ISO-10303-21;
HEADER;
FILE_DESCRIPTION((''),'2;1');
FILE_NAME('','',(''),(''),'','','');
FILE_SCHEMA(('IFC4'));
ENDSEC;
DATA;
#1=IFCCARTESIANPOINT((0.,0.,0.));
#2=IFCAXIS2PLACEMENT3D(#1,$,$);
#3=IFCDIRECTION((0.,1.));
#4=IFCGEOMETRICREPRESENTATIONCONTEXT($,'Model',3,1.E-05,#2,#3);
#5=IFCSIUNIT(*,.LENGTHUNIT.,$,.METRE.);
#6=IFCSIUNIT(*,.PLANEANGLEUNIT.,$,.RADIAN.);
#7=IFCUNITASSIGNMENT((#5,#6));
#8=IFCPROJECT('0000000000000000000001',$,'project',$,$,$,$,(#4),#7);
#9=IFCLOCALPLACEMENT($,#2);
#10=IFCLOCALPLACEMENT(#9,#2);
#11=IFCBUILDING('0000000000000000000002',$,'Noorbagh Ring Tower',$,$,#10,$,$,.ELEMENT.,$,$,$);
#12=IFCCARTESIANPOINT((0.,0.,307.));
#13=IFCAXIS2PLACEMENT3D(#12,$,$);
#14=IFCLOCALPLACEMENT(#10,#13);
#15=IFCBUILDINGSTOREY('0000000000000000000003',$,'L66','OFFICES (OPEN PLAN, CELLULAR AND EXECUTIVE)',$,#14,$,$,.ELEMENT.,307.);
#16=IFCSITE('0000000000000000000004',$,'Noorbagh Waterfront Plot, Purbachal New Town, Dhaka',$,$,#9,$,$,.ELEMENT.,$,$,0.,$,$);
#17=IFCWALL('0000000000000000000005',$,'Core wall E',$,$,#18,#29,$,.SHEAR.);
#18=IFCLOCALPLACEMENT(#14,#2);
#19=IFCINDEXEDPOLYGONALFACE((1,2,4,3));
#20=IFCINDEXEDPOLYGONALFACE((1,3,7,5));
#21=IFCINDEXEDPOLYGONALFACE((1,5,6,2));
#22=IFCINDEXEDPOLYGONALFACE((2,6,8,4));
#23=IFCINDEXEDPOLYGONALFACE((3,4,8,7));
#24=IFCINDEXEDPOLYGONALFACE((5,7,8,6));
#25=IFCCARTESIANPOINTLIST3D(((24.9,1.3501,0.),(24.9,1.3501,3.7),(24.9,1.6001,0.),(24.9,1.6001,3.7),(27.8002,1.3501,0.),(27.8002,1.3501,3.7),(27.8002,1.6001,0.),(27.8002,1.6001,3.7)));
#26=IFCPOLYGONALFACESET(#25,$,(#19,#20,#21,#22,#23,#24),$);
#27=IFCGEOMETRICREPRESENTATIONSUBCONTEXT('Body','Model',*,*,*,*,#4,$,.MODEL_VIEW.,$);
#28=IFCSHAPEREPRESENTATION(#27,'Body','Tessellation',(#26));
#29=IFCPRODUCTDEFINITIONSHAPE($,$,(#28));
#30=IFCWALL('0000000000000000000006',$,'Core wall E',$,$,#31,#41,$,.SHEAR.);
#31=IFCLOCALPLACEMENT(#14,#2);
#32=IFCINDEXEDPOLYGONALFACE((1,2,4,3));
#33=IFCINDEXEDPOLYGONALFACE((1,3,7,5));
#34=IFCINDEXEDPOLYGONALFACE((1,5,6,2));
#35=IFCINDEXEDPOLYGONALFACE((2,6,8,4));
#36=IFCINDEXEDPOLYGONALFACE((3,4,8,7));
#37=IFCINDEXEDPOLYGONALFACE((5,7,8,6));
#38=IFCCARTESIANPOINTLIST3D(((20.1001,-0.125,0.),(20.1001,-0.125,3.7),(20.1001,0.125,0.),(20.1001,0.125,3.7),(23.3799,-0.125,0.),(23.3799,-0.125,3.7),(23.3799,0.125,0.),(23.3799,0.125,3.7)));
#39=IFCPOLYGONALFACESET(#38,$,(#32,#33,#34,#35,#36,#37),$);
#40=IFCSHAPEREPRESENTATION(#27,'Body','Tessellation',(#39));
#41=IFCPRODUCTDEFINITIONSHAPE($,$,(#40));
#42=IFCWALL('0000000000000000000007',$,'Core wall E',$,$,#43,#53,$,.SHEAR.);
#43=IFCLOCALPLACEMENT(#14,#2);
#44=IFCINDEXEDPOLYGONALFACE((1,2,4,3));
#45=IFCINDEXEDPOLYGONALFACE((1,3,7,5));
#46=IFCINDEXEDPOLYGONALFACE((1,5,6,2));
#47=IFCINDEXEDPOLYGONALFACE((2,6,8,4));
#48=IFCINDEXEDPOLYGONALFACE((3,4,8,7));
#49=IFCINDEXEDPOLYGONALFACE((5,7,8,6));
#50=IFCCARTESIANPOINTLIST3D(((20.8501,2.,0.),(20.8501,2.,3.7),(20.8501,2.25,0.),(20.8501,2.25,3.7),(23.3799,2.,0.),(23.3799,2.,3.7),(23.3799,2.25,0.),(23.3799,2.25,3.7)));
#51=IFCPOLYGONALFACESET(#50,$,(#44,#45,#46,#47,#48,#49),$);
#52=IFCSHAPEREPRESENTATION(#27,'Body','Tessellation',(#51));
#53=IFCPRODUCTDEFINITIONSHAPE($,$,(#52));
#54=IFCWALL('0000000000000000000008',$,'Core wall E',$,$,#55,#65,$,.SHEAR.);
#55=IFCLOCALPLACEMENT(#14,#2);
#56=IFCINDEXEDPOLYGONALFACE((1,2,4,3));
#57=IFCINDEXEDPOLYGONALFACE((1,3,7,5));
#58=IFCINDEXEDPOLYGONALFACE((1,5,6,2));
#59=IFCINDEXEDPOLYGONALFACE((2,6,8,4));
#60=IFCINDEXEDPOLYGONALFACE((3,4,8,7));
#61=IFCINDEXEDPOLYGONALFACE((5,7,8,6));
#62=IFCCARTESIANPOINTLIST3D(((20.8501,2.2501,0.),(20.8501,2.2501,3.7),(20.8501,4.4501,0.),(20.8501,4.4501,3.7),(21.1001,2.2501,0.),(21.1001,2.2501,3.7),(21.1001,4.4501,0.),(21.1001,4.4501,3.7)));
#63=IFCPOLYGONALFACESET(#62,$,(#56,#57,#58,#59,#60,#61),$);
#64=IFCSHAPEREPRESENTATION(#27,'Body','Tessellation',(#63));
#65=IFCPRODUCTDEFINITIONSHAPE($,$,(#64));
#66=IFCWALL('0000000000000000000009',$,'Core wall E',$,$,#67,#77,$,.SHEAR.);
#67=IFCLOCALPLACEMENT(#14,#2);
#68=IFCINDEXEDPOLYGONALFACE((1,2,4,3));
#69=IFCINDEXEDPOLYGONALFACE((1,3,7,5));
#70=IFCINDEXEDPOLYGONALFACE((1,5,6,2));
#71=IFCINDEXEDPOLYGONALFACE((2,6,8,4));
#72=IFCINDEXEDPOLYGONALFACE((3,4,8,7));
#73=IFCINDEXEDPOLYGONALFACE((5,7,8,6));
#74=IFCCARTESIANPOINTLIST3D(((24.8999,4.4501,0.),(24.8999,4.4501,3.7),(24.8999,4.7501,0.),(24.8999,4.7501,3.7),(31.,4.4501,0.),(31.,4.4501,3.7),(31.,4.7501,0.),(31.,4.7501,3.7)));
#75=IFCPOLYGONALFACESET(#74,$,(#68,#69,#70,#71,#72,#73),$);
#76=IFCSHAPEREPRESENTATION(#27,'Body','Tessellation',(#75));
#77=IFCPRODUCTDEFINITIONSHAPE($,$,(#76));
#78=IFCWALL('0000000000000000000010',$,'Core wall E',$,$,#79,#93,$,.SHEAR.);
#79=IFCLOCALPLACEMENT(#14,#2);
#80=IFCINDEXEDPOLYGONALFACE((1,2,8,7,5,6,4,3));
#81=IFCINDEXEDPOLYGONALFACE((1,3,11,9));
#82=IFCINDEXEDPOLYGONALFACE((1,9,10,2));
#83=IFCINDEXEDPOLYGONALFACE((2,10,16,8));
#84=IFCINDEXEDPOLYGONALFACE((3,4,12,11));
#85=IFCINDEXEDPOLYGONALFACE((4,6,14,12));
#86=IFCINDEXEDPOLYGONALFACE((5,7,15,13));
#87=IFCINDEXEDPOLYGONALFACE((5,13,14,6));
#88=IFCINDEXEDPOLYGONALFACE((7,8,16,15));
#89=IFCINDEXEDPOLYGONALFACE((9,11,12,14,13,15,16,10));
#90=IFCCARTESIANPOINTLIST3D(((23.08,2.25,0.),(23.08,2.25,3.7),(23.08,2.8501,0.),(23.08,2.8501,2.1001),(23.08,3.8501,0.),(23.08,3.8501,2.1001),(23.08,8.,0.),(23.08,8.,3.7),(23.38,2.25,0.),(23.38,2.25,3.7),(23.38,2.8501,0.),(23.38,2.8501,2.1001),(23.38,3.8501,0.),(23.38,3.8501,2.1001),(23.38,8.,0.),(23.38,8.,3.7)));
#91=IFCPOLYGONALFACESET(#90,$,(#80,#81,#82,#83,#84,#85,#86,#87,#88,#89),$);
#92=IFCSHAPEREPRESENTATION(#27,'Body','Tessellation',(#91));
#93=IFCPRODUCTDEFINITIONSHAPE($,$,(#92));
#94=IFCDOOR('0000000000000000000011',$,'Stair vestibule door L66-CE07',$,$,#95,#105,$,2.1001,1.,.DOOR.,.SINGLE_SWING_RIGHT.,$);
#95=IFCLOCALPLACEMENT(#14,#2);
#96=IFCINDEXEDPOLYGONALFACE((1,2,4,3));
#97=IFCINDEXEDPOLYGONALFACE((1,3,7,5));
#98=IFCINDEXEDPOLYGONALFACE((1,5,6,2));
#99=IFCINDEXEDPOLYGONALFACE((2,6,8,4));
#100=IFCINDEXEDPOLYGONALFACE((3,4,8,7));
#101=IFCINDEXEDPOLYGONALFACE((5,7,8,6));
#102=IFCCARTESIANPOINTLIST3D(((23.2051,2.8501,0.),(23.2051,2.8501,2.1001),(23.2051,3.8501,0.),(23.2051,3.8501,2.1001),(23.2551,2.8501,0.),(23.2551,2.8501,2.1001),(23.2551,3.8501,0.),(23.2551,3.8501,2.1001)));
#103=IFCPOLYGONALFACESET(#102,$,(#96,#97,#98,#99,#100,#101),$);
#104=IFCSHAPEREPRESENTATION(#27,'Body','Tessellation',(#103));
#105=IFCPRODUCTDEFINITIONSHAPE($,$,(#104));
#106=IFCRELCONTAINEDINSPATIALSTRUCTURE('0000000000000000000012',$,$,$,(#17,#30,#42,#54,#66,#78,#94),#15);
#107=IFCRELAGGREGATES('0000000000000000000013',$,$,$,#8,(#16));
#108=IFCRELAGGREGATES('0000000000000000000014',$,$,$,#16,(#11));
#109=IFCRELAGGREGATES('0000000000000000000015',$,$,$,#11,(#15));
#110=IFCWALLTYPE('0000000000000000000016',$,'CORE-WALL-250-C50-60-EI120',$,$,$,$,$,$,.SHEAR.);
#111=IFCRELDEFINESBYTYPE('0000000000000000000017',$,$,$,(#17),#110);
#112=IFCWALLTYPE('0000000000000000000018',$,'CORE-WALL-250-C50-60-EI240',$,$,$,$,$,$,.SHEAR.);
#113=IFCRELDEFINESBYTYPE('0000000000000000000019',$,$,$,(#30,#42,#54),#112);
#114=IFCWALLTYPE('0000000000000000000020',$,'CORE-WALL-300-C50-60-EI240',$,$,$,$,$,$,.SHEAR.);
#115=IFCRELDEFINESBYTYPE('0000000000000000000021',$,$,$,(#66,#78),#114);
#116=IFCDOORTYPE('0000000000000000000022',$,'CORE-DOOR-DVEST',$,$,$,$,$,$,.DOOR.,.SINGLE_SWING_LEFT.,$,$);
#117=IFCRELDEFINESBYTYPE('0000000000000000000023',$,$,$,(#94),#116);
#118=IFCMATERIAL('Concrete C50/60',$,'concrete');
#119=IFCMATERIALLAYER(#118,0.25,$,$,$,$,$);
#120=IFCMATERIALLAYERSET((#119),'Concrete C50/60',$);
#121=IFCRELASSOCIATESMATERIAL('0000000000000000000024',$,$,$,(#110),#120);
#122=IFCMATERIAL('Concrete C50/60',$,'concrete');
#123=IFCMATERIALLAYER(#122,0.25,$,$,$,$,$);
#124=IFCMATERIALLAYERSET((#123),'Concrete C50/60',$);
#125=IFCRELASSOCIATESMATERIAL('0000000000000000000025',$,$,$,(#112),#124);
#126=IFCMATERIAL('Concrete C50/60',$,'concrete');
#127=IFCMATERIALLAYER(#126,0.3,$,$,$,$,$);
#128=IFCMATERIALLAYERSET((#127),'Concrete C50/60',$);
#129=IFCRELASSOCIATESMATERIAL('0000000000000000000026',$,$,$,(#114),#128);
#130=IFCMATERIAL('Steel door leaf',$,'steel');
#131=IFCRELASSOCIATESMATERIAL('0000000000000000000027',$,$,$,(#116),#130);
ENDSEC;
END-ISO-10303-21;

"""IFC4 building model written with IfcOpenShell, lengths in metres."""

from ifc_helpers import new_model, si_unit, direction, frame, frame_2d, origin, place, context, subcontext, project, spatial, rectangle, extrude, material, layer, layer_set, type_object, element, fill, save


model = new_model("IFC4")

# Units and contexts
model_context = context("Model", 3, precision=1e-05, world=origin(), true_north=direction((0.0, 1.0)))
body_context = subcontext(model_context, "Body", "Model", "MODEL_VIEW")
ifc_project = project(units=[si_unit("LENGTHUNIT", "METRE"), si_unit("PLANEANGLEUNIT", "RADIAN")], contexts=[model_context])

# Site, building, storey
site_placement = place(None, origin())
site = spatial("IfcSite", under=ifc_project, at=site_placement, Name="Noorbagh Waterfront Plot, Purbachal New Town, Dhaka", CompositionType="ELEMENT", RefElevation=0.0)
building_placement = place(site_placement, origin())
building = spatial("IfcBuilding", under=site, at=building_placement, Name="Noorbagh Ring Tower", CompositionType="ELEMENT")
storey_placement = place(building_placement, frame((0.0, 0.0, 307.0)))
storey = spatial("IfcBuildingStorey", under=building, at=storey_placement, Name="L66", Description="OFFICES (OPEN PLAN, CELLULAR AND EXECUTIVE)", CompositionType="ELEMENT", Elevation=307.0)

# Walls
ifc_material_1 = material(Name="Concrete C50/60", Category="concrete")
ifc_layer_1 = layer(ifc_material_1, 0.25)
ifc_layer_set_1 = layer_set([ifc_layer_1], Name="Concrete C50/60")
wall_type_1 = type_object("IfcWallType", Name="CORE-WALL-250-C50-60-EI120", PredefinedType="SHEAR", material=ifc_layer_set_1)
wall_1_placement = place(storey_placement, frame((24.8999, 1.4751, 0.0), z_axis=(0.0, 0.0, 1.0), x_axis=(1.0, 0.0, 0.0)))
element("IfcWall", 1, at=wall_1_placement, inside=storey, type_object=wall_type_1, Name="Core wall E", PredefinedType="SHEAR", context=body_context, shape_type="SweptSolid", body=[
    extrude(rectangle(XDim=2.9001, YDim=0.25, at=frame_2d((1.4502, 0.0))), origin(), (0.0, 0.0, 1.0), 3.7),
])
ifc_material_2 = material(Name="Concrete C50/60", Category="concrete")
ifc_layer_2 = layer(ifc_material_2, 0.25)
ifc_layer_set_2 = layer_set([ifc_layer_2], Name="Concrete C50/60")
wall_type_2 = type_object("IfcWallType", Name="CORE-WALL-250-C50-60-EI240", PredefinedType="SHEAR", material=ifc_layer_set_2)
wall_2_placement = place(storey_placement, frame((20.1001, 0.0, 0.0), z_axis=(0.0, 0.0, 1.0), x_axis=(1.0, 0.0, 0.0)))
element("IfcWall", 2, at=wall_2_placement, inside=storey, type_object=wall_type_2, Name="Core wall E", PredefinedType="SHEAR", context=body_context, shape_type="SweptSolid", body=[
    extrude(rectangle(XDim=3.2798, YDim=0.25, at=frame_2d((1.6399, 0.0))), origin(), (0.0, 0.0, 1.0), 3.7),
])
wall_3_placement = place(storey_placement, frame((20.8501, 2.125, 0.0), z_axis=(0.0, 0.0, 1.0), x_axis=(1.0, 0.0, 0.0)))
element("IfcWall", 3, at=wall_3_placement, inside=storey, type_object=wall_type_2, Name="Core wall E", PredefinedType="SHEAR", context=body_context, shape_type="SweptSolid", body=[
    extrude(rectangle(XDim=2.5298, YDim=0.25, at=frame_2d((1.2649, 0.0))), origin(), (0.0, 0.0, 1.0), 3.7),
])
wall_4_placement = place(storey_placement, frame((20.9751, 2.25, 0.0), z_axis=(0.0, 0.0, 1.0), x_axis=(0.0, 1.0, 0.0)))
element("IfcWall", 4, at=wall_4_placement, inside=storey, type_object=wall_type_2, Name="Core wall E", PredefinedType="SHEAR", context=body_context, shape_type="SweptSolid", body=[
    extrude(rectangle(XDim=2.2, YDim=0.25, at=frame_2d((1.1001, 0.0))), origin(), (0.0, 0.0, 1.0), 3.7),
])
ifc_material_3 = material(Name="Concrete C50/60", Category="concrete")
ifc_layer_3 = layer(ifc_material_3, 0.3)
ifc_layer_set_3 = layer_set([ifc_layer_3], Name="Concrete C50/60")
wall_type_3 = type_object("IfcWallType", Name="CORE-WALL-300-C50-60-EI240", PredefinedType="SHEAR", material=ifc_layer_set_3)
wall_5_placement = place(storey_placement, frame((24.8999, 4.6001, 0.0), z_axis=(0.0, 0.0, 1.0), x_axis=(1.0, 0.0, 0.0)))
element("IfcWall", 5, at=wall_5_placement, inside=storey, type_object=wall_type_3, Name="Core wall E", PredefinedType="SHEAR", context=body_context, shape_type="SweptSolid", body=[
    extrude(rectangle(XDim=6.1001, YDim=0.3, at=frame_2d((3.05, 0.0))), origin(), (0.0, 0.0, 1.0), 3.7),
])

# Wall, opening, door
wall_6_placement = place(storey_placement, frame((23.23, 2.25, 0.0), z_axis=(0.0, 0.0, 1.0), x_axis=(0.0, 1.0, 0.0)))
wall_6 = element("IfcWall", 6, at=wall_6_placement, inside=storey, type_object=wall_type_3, Name="Core wall E", PredefinedType="SHEAR", context=body_context, shape_type="SweptSolid", body=[
    extrude(rectangle(XDim=5.75, YDim=0.3, at=frame_2d((2.875, 0.0))), origin(), (0.0, 0.0, 1.0), 3.7),
])
opening_1_placement = place(wall_6_placement, frame((0.6001, 0.0, 0.0)))
opening_1 = element("IfcOpeningElement", 7, at=opening_1_placement, cuts=wall_6, PredefinedType="OPENING", context=body_context, shape_type="SweptSolid", body=[
    extrude(rectangle(XDim=1.0, YDim=2.1001, at=frame_2d((0.5, 1.05))), frame((0.0, 0.1602, 0.0), z_axis=(0.0, -1.0, 0.0), x_axis=(1.0, 0.0, 0.0)), (0.0, 0.0, 1.0), 0.3201),
])
ifc_material_4 = material(Name="Steel door leaf", Category="steel")
door_type_1 = type_object("IfcDoorType", Name="CORE-DOOR-DVEST", OperationType="SINGLE_SWING_LEFT", PredefinedType="DOOR", material=ifc_material_4)
door_1_placement = place(opening_1_placement, origin())
door_1 = element("IfcDoor", 8, at=door_1_placement, inside=storey, type_object=door_type_1, Name="Stair vestibule door L66-CE07", OperationType="SINGLE_SWING_RIGHT", OverallHeight=2.1001, OverallWidth=1.0, PredefinedType="DOOR", context=body_context, shape_type="SweptSolid", body=[
    extrude(rectangle(XDim=1.0, YDim=2.1001, at=frame_2d((0.5, 1.05))), frame((0.0, 0.0249, 0.0), z_axis=(0.0, -1.0, 0.0), x_axis=(1.0, 0.0, 0.0)), (0.0, 0.0, 1.0), 0.05),
])
fill(opening_1, door_1)

save(model, "model.ifc")
